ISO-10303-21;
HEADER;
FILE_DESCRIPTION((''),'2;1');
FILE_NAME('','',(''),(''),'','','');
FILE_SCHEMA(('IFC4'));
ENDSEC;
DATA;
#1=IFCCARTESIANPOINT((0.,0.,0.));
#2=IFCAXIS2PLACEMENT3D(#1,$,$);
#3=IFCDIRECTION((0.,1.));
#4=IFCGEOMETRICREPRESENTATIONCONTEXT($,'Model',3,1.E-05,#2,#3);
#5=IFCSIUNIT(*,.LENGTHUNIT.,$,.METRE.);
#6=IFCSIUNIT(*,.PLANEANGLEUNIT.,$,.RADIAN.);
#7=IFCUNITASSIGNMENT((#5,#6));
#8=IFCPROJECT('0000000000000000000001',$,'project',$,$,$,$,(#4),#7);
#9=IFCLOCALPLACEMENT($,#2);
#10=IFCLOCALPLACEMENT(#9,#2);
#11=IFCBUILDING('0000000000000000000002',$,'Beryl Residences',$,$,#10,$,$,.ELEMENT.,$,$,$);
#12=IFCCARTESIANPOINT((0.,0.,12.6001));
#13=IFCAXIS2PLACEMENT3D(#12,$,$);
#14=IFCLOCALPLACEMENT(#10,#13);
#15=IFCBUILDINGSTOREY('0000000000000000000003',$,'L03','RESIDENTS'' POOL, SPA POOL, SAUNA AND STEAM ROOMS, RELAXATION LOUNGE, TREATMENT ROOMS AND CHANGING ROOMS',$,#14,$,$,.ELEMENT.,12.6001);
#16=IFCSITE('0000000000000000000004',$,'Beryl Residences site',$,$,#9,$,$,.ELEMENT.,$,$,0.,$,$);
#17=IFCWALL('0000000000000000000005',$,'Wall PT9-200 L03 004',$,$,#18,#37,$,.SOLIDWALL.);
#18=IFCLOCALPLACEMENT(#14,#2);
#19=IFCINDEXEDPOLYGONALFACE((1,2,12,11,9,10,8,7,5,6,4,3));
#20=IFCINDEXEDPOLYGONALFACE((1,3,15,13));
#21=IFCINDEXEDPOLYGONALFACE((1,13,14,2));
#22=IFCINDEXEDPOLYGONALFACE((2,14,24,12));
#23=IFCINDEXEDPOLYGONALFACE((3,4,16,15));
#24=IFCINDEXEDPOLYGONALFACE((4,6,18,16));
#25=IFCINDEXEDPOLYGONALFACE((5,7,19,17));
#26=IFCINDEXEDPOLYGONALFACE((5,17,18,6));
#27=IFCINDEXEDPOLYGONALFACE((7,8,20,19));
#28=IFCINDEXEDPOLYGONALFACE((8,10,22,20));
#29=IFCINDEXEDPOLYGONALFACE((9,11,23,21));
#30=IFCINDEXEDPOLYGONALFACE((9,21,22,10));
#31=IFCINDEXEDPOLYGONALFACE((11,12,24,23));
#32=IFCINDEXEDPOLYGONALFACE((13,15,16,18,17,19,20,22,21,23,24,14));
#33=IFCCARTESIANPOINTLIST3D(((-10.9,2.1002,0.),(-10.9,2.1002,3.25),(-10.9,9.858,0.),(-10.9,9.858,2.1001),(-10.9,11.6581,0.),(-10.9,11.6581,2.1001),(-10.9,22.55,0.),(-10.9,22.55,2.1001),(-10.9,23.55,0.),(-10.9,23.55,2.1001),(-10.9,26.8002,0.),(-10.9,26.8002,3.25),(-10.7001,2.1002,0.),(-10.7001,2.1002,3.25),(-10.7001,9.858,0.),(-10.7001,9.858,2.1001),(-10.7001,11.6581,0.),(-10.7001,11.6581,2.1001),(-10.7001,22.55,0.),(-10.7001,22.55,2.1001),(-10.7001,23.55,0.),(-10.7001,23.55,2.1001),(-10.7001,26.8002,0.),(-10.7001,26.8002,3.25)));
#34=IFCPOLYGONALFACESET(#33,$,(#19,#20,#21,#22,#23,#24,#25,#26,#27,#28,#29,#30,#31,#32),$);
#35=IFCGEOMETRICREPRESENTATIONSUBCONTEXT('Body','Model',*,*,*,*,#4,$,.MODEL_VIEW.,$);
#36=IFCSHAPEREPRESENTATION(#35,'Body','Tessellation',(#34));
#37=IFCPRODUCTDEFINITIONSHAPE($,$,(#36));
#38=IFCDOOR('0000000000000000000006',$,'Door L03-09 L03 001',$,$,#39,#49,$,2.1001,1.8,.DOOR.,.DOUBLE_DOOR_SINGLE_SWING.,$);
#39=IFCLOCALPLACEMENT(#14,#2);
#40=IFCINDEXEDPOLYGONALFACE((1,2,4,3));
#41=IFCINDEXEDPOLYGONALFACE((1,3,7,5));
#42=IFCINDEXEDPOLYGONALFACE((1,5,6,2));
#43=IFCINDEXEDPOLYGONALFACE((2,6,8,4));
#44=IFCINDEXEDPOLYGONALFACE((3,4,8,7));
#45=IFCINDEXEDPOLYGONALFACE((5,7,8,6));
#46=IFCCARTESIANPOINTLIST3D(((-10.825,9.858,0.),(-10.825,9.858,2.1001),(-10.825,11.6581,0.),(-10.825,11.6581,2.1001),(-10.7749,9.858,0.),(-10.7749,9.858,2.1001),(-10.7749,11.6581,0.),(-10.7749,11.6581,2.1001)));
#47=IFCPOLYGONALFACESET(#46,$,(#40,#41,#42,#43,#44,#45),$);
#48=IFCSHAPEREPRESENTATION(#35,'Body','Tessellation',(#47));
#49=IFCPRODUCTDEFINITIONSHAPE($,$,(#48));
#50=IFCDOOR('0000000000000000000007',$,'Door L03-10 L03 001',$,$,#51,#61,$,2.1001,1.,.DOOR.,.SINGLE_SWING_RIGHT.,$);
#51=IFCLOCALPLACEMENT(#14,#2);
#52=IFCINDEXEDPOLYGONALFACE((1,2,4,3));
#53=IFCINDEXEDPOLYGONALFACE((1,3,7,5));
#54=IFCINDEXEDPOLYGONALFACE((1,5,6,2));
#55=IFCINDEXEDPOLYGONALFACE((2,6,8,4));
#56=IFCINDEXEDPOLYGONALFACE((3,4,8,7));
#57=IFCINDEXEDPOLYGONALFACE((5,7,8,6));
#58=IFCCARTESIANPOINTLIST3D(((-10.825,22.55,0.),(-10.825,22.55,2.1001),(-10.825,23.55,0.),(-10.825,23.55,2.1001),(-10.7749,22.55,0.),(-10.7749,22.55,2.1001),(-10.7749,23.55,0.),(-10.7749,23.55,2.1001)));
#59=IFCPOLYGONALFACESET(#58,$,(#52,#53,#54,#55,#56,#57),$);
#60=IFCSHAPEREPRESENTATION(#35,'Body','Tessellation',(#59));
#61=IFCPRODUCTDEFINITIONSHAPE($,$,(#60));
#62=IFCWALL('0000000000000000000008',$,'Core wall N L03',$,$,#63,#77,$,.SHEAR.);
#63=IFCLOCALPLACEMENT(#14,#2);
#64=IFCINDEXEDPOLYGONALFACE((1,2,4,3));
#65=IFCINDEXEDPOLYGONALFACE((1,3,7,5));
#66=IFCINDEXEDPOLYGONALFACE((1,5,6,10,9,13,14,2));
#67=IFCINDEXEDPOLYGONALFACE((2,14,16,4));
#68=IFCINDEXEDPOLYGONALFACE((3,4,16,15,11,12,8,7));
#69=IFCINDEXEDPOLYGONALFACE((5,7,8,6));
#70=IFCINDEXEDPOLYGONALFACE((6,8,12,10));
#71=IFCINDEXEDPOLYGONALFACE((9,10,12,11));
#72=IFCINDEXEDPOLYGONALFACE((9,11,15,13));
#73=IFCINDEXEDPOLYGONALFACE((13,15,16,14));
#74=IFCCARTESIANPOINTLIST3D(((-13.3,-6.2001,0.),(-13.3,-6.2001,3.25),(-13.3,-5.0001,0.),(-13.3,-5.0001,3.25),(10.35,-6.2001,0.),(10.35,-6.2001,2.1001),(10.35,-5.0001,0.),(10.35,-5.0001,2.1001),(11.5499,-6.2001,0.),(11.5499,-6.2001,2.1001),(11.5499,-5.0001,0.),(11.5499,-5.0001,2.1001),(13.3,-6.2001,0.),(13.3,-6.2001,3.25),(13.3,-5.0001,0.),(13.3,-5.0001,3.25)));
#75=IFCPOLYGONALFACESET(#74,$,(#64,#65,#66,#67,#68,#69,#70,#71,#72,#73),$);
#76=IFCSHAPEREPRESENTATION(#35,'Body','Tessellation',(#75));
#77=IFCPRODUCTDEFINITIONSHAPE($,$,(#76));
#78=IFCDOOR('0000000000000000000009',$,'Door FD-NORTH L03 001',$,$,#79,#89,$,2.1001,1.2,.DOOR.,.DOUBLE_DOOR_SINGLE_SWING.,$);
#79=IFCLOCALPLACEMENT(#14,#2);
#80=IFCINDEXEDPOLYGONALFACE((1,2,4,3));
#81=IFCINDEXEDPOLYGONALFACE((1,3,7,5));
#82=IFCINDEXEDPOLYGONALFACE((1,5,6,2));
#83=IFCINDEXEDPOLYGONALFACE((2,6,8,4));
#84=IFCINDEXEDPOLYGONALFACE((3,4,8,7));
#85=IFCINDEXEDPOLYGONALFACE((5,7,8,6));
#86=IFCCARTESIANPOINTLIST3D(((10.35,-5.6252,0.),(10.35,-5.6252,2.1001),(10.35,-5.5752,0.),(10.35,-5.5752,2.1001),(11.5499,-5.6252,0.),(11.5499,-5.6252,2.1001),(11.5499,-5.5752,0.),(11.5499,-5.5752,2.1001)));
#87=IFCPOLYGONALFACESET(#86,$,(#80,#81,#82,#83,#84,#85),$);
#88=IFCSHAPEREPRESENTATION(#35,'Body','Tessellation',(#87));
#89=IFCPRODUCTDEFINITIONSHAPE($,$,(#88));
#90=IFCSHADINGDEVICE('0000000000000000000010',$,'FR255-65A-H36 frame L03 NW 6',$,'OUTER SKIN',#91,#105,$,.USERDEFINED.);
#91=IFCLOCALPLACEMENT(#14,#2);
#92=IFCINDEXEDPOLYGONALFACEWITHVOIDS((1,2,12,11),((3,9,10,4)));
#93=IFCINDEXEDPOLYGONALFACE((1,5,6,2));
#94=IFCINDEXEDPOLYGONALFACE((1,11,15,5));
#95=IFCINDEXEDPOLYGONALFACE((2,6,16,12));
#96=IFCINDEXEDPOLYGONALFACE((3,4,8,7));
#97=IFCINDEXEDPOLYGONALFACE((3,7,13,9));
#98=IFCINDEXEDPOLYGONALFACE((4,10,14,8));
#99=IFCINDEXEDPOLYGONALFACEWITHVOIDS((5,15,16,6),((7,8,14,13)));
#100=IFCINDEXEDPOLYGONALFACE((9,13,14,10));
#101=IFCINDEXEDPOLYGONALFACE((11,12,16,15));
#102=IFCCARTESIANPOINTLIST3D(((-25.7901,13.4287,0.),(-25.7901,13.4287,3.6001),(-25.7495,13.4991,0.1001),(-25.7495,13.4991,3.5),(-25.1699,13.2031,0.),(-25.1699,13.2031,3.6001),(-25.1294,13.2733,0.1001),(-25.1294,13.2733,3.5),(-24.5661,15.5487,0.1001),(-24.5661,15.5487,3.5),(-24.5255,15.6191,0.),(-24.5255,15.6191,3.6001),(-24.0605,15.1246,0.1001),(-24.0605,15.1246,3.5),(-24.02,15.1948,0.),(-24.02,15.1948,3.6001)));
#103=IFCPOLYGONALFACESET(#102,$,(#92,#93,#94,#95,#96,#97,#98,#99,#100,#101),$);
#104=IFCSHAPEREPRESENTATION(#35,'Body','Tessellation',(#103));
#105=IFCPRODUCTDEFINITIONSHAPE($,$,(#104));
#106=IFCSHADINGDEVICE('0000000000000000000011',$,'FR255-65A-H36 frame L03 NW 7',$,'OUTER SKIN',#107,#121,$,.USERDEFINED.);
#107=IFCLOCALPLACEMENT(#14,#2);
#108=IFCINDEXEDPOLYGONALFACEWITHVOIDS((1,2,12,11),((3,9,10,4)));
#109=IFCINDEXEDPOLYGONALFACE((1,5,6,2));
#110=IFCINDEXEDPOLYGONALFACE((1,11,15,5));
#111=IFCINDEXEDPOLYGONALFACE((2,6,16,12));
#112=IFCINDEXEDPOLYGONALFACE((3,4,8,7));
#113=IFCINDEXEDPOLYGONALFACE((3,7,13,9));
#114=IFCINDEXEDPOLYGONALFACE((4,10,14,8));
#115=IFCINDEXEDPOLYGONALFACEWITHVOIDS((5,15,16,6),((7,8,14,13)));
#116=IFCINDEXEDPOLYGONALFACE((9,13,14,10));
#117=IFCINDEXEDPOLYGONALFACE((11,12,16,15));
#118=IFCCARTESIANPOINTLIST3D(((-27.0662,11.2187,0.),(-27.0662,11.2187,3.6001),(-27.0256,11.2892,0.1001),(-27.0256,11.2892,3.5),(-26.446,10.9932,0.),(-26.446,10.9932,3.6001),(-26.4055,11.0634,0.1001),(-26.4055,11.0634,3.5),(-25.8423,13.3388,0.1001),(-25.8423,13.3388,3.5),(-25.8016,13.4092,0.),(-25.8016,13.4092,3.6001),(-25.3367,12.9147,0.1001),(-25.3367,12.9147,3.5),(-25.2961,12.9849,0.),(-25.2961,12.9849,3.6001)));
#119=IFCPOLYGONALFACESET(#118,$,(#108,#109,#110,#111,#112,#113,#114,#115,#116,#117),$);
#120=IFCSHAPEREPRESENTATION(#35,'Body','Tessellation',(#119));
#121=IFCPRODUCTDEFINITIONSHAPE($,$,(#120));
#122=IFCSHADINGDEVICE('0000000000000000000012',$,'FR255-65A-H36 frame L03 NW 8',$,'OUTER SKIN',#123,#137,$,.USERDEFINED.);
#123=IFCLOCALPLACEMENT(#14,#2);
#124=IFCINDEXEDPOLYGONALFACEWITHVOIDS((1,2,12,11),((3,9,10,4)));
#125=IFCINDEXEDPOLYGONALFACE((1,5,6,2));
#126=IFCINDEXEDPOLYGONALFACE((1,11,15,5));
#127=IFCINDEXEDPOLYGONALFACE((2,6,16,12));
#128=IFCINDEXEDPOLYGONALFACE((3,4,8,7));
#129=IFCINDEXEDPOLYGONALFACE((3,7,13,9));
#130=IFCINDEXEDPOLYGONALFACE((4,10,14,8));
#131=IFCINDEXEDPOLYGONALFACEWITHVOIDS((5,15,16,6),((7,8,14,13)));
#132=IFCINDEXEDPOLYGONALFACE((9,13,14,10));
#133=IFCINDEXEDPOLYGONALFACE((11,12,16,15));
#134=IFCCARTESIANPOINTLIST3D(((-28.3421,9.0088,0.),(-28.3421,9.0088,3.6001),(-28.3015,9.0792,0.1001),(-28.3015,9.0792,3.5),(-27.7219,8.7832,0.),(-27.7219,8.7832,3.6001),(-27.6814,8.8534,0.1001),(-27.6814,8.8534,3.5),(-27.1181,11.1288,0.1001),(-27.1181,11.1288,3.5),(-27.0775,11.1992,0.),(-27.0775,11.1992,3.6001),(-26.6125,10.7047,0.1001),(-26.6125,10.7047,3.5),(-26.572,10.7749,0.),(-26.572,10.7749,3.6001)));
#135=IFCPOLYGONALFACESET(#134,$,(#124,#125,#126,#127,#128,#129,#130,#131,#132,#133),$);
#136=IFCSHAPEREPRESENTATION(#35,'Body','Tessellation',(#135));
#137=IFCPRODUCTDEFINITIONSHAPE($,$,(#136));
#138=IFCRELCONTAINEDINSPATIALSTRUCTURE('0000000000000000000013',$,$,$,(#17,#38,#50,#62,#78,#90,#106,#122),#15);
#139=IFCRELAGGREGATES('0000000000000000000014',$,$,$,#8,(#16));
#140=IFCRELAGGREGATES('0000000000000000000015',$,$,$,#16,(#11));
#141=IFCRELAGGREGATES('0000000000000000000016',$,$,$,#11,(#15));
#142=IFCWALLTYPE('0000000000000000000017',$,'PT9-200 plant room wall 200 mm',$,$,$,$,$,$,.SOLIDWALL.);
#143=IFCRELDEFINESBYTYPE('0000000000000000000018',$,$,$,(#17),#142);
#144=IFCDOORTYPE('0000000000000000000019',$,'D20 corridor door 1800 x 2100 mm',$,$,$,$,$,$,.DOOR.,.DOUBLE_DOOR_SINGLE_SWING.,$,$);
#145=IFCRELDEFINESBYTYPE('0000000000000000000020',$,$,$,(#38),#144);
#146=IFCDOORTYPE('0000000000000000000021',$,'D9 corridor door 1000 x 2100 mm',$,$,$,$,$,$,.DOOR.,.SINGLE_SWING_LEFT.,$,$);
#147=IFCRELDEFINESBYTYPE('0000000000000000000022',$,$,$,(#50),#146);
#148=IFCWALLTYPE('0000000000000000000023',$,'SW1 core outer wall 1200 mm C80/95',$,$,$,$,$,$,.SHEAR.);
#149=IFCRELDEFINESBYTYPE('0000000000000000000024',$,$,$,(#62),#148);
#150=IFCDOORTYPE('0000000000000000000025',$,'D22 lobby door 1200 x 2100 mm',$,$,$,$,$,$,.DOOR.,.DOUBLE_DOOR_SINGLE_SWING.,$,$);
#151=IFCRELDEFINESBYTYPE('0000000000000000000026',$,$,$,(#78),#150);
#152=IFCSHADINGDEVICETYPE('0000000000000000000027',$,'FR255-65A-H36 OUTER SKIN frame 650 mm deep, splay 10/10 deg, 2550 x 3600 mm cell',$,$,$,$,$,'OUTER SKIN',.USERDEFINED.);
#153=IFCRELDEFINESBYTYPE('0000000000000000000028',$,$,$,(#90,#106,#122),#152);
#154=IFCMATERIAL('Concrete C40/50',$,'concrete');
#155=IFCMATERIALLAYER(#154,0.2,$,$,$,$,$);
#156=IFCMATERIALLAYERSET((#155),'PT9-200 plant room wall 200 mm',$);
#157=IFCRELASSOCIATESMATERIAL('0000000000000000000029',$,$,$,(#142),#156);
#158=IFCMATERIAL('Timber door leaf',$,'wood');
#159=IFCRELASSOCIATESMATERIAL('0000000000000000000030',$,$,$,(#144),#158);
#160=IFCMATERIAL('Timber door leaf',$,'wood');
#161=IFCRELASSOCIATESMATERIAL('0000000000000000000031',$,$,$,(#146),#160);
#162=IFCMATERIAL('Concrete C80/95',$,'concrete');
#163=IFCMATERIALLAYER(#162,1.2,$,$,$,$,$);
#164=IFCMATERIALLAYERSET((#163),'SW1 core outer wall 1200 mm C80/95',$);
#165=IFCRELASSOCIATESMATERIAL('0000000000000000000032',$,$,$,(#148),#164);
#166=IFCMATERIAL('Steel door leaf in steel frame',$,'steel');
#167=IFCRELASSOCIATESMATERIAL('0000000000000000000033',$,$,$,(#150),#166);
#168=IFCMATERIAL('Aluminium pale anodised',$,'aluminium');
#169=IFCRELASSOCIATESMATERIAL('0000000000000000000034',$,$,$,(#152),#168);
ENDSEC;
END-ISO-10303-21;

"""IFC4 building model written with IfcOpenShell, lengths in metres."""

from ifc_helpers import new_model, entity, si_unit, direction, frame, frame_2d, origin, place, context, subcontext, project, spatial, rectangle, extrude, source, transform, mapped, material, layer, layer_set, type_object, type_shapes, element, fill, save


model = new_model("IFC4")

# Units and contexts
model_context = context("Model", 3, precision=1e-05, world=origin(), true_north=direction((0.0, 1.0)))
body_context = subcontext(model_context, "Body", "Model", "MODEL_VIEW")
ifc_project = project(units=[si_unit("LENGTHUNIT", "METRE"), si_unit("PLANEANGLEUNIT", "RADIAN")], contexts=[model_context])

# Site, building, storey
site_placement = place(None, origin())
site = spatial("IfcSite", under=ifc_project, at=site_placement, Name="Beryl Residences site", CompositionType="ELEMENT", RefElevation=0.0)
building_placement = place(site_placement, origin())
building = spatial("IfcBuilding", under=site, at=building_placement, Name="Beryl Residences", CompositionType="ELEMENT")
storey_placement = place(building_placement, frame((0.0, 0.0, 12.6001)))
storey = spatial("IfcBuildingStorey", under=building, at=storey_placement, Name="L03", Description="RESIDENTS' POOL, SPA POOL, SAUNA AND STEAM ROOMS, RELAXATION LOUNGE, TREATMENT ROOMS AND CHANGING ROOMS", CompositionType="ELEMENT", Elevation=12.6001)

# Wall, openings, doors
ifc_material_1 = material(Name="Concrete C40/50", Category="concrete")
ifc_layer_1 = layer(ifc_material_1, 0.2)
ifc_layer_set_1 = layer_set([ifc_layer_1], Name="PT9-200 plant room wall 200 mm")
wall_type_1 = type_object("IfcWallType", Name="PT9-200 plant room wall 200 mm", PredefinedType="SOLIDWALL", material=ifc_layer_set_1)
wall_1_placement = place(storey_placement, frame((-10.8, 2.1001, 0.0), z_axis=(0.0, 0.0, 1.0), x_axis=(0.0, 1.0, 0.0)))
wall_1 = element("IfcWall", 1, at=wall_1_placement, inside=storey, type_object=wall_type_1, Name="Wall PT9-200 L03 004", PredefinedType="SOLIDWALL", context=body_context, shape_type="SweptSolid", body=[
    extrude(rectangle(XDim=24.7, YDim=0.2, at=frame_2d((12.3501, 0.0))), origin(), (0.0, 0.0, 1.0), 3.25),
])
opening_1_placement = place(wall_1_placement, frame((7.7581, 0.0, 0.0)))
opening_1 = element("IfcOpeningElement", 2, at=opening_1_placement, cuts=wall_1, PredefinedType="OPENING", context=body_context, shape_type="SweptSolid", body=[
    extrude(rectangle(XDim=1.8, YDim=2.1001, at=frame_2d((0.8999, 1.05))), frame((0.0, 0.1099, 0.0), z_axis=(0.0, -1.0, 0.0), x_axis=(1.0, 0.0, 0.0)), (0.0, 0.0, 1.0), 0.22),
])
opening_2_placement = place(wall_1_placement, frame((20.45, 0.0, 0.0)))
opening_2 = element("IfcOpeningElement", 3, at=opening_2_placement, cuts=wall_1, PredefinedType="OPENING", context=body_context, shape_type="SweptSolid", body=[
    extrude(rectangle(XDim=1.0, YDim=2.1001, at=frame_2d((0.5, 1.05))), frame((0.0, 0.1099, 0.0), z_axis=(0.0, -1.0, 0.0), x_axis=(1.0, 0.0, 0.0)), (0.0, 0.0, 1.0), 0.22),
])
ifc_material_2 = material(Name="Timber door leaf", Category="wood")
door_type_1 = type_object("IfcDoorType", Name="D20 corridor door 1800 x 2100 mm", OperationType="DOUBLE_DOOR_SINGLE_SWING", PredefinedType="DOOR", material=ifc_material_2)
door_1_placement = place(opening_1_placement, origin())
door_1 = element("IfcDoor", 4, at=door_1_placement, inside=storey, type_object=door_type_1, Name="Door L03-09 L03 001", OperationType="DOUBLE_DOOR_SINGLE_SWING", OverallHeight=2.1001, OverallWidth=1.8, PredefinedType="DOOR", context=body_context, shape_type="SweptSolid", body=[
    extrude(rectangle(XDim=1.8, YDim=2.1001, at=frame_2d((0.8999, 1.05))), frame((0.0, 0.0249, 0.0), z_axis=(0.0, -1.0, 0.0), x_axis=(1.0, 0.0, 0.0)), (0.0, 0.0, 1.0), 0.05),
])
fill(opening_1, door_1)
ifc_material_3 = material(Name="Timber door leaf", Category="wood")
door_type_2 = type_object("IfcDoorType", Name="D9 corridor door 1000 x 2100 mm", OperationType="SINGLE_SWING_LEFT", PredefinedType="DOOR", material=ifc_material_3)
door_2_placement = place(opening_2_placement, origin())
door_2 = element("IfcDoor", 5, at=door_2_placement, inside=storey, type_object=door_type_2, Name="Door L03-10 L03 001", OperationType="SINGLE_SWING_RIGHT", OverallHeight=2.1001, OverallWidth=1.0, PredefinedType="DOOR", context=body_context, shape_type="SweptSolid", body=[
    extrude(rectangle(XDim=1.0, YDim=2.1001, at=frame_2d((0.5, 1.05))), frame((0.0, 0.0249, 0.0), z_axis=(0.0, -1.0, 0.0), x_axis=(1.0, 0.0, 0.0)), (0.0, 0.0, 1.0), 0.05),
])
fill(opening_2, door_2)

# Wall, opening, door
ifc_material_4 = material(Name="Concrete C80/95", Category="concrete")
ifc_layer_2 = layer(ifc_material_4, 1.2)
ifc_layer_set_2 = layer_set([ifc_layer_2], Name="SW1 core outer wall 1200 mm C80/95")
wall_type_2 = type_object("IfcWallType", Name="SW1 core outer wall 1200 mm C80/95", PredefinedType="SHEAR", material=ifc_layer_set_2)
wall_2_placement = place(storey_placement, frame((-13.3, -5.6001, 0.0), z_axis=(0.0, 0.0, 1.0), x_axis=(1.0, 0.0, 0.0)))
wall_2 = element("IfcWall", 6, at=wall_2_placement, inside=storey, type_object=wall_type_2, Name="Core wall N L03", PredefinedType="SHEAR", context=body_context, shape_type="SweptSolid", body=[
    extrude(rectangle(XDim=26.6001, YDim=1.2, at=frame_2d((13.3, 0.0))), origin(), (0.0, 0.0, 1.0), 3.25),
])
opening_3_placement = place(wall_2_placement, frame((23.6499, 0.0, 0.0)))
opening_3 = element("IfcOpeningElement", 7, at=opening_3_placement, cuts=wall_2, PredefinedType="OPENING", context=body_context, shape_type="SweptSolid", body=[
    extrude(rectangle(XDim=1.2, YDim=2.1001, at=frame_2d((0.6001, 1.05))), frame((0.0, 0.6099, 0.0), z_axis=(0.0, -1.0, 0.0), x_axis=(1.0, 0.0, 0.0)), (0.0, 0.0, 1.0), 1.22),
])
ifc_material_5 = material(Name="Steel door leaf in steel frame", Category="steel")
door_type_3 = type_object("IfcDoorType", Name="D22 lobby door 1200 x 2100 mm", OperationType="DOUBLE_DOOR_SINGLE_SWING", PredefinedType="DOOR", material=ifc_material_5)
door_3_placement = place(opening_3_placement, origin())
door_3 = element("IfcDoor", 8, at=door_3_placement, inside=storey, type_object=door_type_3, Name="Door FD-NORTH L03 001", OperationType="DOUBLE_DOOR_SINGLE_SWING", OverallHeight=2.1001, OverallWidth=1.2, PredefinedType="DOOR", context=body_context, shape_type="SweptSolid", body=[
    extrude(rectangle(XDim=1.2, YDim=2.1001, at=frame_2d((0.6001, 1.05))), frame((0.0, 0.0249, 0.0), z_axis=(0.0, -1.0, 0.0), x_axis=(1.0, 0.0, 0.0)), (0.0, 0.0, 1.0), 0.05),
])
fill(opening_3, door_3)

# Shading devices
ifc_material_6 = material(Name="Aluminium pale anodised", Category="aluminium")
shading_device_type = type_object("IfcShadingDeviceType", Name="FR255-65A-H36 OUTER SKIN frame 650 mm deep, splay 10/10 deg, 2550 x 3600 mm cell", ElementType="OUTER SKIN", PredefinedType="USERDEFINED", material=ifc_material_6)
cartesian_point_1 = entity("IfcCartesianPoint", [-1.1499, 0.0])
cartesian_point_2 = entity("IfcCartesianPoint", [-1.0688, 0.1001])
cartesian_point_3 = entity("IfcCartesianPoint", [-1.2646, 0.0])
cartesian_point_4 = entity("IfcCartesianPoint", [-1.1833, 0.1001])
shared_shape = source(origin(), body_context, "Body", "SweptSolid", [
    entity("IfcExtrudedAreaSolidTapered", entity("IfcArbitraryProfileDefWithVoids", "AREA", None, entity("IfcPolyline", [cartesian_point_1, entity("IfcCartesianPoint", [1.1499, 0.0]), entity("IfcCartesianPoint", [1.1499, 3.6001]), entity("IfcCartesianPoint", [-1.1499, 3.6001]), cartesian_point_1]), [entity("IfcPolyline", [cartesian_point_2, entity("IfcCartesianPoint", [1.0688, 0.1001]), entity("IfcCartesianPoint", [1.0688, 3.5]), entity("IfcCartesianPoint", [-1.0688, 3.5]), cartesian_point_2])]), entity("IfcAxis2Placement3D", entity("IfcCartesianPoint", [0.0, 0.0, 0.0]), entity("IfcDirection", [0.0, 1.0, 0.0]), entity("IfcDirection", [-1.0, 0.0, 0.0])), entity("IfcDirection", [0.0, 0.0, 1.0]), 0.6499, entity("IfcArbitraryProfileDefWithVoids", "AREA", None, entity("IfcPolyline", [cartesian_point_3, entity("IfcCartesianPoint", [1.2646, 0.0]), entity("IfcCartesianPoint", [1.2646, 3.6001]), entity("IfcCartesianPoint", [-1.2646, 3.6001]), cartesian_point_3]), [entity("IfcPolyline", [cartesian_point_4, entity("IfcCartesianPoint", [1.1833, 0.1001]), entity("IfcCartesianPoint", [1.1833, 3.5]), entity("IfcCartesianPoint", [-1.1833, 3.5]), cartesian_point_4])])),
])
type_shapes(shading_device_type, [shared_shape])
for number, where, z_axis, x_axis, name in (
    (9, (-24.595, 14.199, 0.0), (0.0, 0.0, 1.0), (0.5, 0.866025, 0.0), "FR255-65A-H36 frame L03 NW 6"),
    (10, (-25.8711, 11.989, 0.0), (0.0, 0.0, 1.0), (0.5, 0.866025, 0.0), "FR255-65A-H36 frame L03 NW 7"),
    (11, (-27.147, 9.7791, 0.0), (0.0, 0.0, 1.0), (0.5, 0.866025, 0.0), "FR255-65A-H36 frame L03 NW 8"),
):
    element("IfcShadingDevice", number, at=place(storey_placement, frame(where, z_axis=z_axis, x_axis=x_axis)), inside=storey, type_object=shading_device_type, Name=name, ObjectType="OUTER SKIN", PredefinedType="USERDEFINED", context=body_context, shape_type="MappedRepresentation", body=[
        mapped(shared_shape, transform((0.0, 0.0, 0.0))),
    ])

save(model, "model.ifc")
